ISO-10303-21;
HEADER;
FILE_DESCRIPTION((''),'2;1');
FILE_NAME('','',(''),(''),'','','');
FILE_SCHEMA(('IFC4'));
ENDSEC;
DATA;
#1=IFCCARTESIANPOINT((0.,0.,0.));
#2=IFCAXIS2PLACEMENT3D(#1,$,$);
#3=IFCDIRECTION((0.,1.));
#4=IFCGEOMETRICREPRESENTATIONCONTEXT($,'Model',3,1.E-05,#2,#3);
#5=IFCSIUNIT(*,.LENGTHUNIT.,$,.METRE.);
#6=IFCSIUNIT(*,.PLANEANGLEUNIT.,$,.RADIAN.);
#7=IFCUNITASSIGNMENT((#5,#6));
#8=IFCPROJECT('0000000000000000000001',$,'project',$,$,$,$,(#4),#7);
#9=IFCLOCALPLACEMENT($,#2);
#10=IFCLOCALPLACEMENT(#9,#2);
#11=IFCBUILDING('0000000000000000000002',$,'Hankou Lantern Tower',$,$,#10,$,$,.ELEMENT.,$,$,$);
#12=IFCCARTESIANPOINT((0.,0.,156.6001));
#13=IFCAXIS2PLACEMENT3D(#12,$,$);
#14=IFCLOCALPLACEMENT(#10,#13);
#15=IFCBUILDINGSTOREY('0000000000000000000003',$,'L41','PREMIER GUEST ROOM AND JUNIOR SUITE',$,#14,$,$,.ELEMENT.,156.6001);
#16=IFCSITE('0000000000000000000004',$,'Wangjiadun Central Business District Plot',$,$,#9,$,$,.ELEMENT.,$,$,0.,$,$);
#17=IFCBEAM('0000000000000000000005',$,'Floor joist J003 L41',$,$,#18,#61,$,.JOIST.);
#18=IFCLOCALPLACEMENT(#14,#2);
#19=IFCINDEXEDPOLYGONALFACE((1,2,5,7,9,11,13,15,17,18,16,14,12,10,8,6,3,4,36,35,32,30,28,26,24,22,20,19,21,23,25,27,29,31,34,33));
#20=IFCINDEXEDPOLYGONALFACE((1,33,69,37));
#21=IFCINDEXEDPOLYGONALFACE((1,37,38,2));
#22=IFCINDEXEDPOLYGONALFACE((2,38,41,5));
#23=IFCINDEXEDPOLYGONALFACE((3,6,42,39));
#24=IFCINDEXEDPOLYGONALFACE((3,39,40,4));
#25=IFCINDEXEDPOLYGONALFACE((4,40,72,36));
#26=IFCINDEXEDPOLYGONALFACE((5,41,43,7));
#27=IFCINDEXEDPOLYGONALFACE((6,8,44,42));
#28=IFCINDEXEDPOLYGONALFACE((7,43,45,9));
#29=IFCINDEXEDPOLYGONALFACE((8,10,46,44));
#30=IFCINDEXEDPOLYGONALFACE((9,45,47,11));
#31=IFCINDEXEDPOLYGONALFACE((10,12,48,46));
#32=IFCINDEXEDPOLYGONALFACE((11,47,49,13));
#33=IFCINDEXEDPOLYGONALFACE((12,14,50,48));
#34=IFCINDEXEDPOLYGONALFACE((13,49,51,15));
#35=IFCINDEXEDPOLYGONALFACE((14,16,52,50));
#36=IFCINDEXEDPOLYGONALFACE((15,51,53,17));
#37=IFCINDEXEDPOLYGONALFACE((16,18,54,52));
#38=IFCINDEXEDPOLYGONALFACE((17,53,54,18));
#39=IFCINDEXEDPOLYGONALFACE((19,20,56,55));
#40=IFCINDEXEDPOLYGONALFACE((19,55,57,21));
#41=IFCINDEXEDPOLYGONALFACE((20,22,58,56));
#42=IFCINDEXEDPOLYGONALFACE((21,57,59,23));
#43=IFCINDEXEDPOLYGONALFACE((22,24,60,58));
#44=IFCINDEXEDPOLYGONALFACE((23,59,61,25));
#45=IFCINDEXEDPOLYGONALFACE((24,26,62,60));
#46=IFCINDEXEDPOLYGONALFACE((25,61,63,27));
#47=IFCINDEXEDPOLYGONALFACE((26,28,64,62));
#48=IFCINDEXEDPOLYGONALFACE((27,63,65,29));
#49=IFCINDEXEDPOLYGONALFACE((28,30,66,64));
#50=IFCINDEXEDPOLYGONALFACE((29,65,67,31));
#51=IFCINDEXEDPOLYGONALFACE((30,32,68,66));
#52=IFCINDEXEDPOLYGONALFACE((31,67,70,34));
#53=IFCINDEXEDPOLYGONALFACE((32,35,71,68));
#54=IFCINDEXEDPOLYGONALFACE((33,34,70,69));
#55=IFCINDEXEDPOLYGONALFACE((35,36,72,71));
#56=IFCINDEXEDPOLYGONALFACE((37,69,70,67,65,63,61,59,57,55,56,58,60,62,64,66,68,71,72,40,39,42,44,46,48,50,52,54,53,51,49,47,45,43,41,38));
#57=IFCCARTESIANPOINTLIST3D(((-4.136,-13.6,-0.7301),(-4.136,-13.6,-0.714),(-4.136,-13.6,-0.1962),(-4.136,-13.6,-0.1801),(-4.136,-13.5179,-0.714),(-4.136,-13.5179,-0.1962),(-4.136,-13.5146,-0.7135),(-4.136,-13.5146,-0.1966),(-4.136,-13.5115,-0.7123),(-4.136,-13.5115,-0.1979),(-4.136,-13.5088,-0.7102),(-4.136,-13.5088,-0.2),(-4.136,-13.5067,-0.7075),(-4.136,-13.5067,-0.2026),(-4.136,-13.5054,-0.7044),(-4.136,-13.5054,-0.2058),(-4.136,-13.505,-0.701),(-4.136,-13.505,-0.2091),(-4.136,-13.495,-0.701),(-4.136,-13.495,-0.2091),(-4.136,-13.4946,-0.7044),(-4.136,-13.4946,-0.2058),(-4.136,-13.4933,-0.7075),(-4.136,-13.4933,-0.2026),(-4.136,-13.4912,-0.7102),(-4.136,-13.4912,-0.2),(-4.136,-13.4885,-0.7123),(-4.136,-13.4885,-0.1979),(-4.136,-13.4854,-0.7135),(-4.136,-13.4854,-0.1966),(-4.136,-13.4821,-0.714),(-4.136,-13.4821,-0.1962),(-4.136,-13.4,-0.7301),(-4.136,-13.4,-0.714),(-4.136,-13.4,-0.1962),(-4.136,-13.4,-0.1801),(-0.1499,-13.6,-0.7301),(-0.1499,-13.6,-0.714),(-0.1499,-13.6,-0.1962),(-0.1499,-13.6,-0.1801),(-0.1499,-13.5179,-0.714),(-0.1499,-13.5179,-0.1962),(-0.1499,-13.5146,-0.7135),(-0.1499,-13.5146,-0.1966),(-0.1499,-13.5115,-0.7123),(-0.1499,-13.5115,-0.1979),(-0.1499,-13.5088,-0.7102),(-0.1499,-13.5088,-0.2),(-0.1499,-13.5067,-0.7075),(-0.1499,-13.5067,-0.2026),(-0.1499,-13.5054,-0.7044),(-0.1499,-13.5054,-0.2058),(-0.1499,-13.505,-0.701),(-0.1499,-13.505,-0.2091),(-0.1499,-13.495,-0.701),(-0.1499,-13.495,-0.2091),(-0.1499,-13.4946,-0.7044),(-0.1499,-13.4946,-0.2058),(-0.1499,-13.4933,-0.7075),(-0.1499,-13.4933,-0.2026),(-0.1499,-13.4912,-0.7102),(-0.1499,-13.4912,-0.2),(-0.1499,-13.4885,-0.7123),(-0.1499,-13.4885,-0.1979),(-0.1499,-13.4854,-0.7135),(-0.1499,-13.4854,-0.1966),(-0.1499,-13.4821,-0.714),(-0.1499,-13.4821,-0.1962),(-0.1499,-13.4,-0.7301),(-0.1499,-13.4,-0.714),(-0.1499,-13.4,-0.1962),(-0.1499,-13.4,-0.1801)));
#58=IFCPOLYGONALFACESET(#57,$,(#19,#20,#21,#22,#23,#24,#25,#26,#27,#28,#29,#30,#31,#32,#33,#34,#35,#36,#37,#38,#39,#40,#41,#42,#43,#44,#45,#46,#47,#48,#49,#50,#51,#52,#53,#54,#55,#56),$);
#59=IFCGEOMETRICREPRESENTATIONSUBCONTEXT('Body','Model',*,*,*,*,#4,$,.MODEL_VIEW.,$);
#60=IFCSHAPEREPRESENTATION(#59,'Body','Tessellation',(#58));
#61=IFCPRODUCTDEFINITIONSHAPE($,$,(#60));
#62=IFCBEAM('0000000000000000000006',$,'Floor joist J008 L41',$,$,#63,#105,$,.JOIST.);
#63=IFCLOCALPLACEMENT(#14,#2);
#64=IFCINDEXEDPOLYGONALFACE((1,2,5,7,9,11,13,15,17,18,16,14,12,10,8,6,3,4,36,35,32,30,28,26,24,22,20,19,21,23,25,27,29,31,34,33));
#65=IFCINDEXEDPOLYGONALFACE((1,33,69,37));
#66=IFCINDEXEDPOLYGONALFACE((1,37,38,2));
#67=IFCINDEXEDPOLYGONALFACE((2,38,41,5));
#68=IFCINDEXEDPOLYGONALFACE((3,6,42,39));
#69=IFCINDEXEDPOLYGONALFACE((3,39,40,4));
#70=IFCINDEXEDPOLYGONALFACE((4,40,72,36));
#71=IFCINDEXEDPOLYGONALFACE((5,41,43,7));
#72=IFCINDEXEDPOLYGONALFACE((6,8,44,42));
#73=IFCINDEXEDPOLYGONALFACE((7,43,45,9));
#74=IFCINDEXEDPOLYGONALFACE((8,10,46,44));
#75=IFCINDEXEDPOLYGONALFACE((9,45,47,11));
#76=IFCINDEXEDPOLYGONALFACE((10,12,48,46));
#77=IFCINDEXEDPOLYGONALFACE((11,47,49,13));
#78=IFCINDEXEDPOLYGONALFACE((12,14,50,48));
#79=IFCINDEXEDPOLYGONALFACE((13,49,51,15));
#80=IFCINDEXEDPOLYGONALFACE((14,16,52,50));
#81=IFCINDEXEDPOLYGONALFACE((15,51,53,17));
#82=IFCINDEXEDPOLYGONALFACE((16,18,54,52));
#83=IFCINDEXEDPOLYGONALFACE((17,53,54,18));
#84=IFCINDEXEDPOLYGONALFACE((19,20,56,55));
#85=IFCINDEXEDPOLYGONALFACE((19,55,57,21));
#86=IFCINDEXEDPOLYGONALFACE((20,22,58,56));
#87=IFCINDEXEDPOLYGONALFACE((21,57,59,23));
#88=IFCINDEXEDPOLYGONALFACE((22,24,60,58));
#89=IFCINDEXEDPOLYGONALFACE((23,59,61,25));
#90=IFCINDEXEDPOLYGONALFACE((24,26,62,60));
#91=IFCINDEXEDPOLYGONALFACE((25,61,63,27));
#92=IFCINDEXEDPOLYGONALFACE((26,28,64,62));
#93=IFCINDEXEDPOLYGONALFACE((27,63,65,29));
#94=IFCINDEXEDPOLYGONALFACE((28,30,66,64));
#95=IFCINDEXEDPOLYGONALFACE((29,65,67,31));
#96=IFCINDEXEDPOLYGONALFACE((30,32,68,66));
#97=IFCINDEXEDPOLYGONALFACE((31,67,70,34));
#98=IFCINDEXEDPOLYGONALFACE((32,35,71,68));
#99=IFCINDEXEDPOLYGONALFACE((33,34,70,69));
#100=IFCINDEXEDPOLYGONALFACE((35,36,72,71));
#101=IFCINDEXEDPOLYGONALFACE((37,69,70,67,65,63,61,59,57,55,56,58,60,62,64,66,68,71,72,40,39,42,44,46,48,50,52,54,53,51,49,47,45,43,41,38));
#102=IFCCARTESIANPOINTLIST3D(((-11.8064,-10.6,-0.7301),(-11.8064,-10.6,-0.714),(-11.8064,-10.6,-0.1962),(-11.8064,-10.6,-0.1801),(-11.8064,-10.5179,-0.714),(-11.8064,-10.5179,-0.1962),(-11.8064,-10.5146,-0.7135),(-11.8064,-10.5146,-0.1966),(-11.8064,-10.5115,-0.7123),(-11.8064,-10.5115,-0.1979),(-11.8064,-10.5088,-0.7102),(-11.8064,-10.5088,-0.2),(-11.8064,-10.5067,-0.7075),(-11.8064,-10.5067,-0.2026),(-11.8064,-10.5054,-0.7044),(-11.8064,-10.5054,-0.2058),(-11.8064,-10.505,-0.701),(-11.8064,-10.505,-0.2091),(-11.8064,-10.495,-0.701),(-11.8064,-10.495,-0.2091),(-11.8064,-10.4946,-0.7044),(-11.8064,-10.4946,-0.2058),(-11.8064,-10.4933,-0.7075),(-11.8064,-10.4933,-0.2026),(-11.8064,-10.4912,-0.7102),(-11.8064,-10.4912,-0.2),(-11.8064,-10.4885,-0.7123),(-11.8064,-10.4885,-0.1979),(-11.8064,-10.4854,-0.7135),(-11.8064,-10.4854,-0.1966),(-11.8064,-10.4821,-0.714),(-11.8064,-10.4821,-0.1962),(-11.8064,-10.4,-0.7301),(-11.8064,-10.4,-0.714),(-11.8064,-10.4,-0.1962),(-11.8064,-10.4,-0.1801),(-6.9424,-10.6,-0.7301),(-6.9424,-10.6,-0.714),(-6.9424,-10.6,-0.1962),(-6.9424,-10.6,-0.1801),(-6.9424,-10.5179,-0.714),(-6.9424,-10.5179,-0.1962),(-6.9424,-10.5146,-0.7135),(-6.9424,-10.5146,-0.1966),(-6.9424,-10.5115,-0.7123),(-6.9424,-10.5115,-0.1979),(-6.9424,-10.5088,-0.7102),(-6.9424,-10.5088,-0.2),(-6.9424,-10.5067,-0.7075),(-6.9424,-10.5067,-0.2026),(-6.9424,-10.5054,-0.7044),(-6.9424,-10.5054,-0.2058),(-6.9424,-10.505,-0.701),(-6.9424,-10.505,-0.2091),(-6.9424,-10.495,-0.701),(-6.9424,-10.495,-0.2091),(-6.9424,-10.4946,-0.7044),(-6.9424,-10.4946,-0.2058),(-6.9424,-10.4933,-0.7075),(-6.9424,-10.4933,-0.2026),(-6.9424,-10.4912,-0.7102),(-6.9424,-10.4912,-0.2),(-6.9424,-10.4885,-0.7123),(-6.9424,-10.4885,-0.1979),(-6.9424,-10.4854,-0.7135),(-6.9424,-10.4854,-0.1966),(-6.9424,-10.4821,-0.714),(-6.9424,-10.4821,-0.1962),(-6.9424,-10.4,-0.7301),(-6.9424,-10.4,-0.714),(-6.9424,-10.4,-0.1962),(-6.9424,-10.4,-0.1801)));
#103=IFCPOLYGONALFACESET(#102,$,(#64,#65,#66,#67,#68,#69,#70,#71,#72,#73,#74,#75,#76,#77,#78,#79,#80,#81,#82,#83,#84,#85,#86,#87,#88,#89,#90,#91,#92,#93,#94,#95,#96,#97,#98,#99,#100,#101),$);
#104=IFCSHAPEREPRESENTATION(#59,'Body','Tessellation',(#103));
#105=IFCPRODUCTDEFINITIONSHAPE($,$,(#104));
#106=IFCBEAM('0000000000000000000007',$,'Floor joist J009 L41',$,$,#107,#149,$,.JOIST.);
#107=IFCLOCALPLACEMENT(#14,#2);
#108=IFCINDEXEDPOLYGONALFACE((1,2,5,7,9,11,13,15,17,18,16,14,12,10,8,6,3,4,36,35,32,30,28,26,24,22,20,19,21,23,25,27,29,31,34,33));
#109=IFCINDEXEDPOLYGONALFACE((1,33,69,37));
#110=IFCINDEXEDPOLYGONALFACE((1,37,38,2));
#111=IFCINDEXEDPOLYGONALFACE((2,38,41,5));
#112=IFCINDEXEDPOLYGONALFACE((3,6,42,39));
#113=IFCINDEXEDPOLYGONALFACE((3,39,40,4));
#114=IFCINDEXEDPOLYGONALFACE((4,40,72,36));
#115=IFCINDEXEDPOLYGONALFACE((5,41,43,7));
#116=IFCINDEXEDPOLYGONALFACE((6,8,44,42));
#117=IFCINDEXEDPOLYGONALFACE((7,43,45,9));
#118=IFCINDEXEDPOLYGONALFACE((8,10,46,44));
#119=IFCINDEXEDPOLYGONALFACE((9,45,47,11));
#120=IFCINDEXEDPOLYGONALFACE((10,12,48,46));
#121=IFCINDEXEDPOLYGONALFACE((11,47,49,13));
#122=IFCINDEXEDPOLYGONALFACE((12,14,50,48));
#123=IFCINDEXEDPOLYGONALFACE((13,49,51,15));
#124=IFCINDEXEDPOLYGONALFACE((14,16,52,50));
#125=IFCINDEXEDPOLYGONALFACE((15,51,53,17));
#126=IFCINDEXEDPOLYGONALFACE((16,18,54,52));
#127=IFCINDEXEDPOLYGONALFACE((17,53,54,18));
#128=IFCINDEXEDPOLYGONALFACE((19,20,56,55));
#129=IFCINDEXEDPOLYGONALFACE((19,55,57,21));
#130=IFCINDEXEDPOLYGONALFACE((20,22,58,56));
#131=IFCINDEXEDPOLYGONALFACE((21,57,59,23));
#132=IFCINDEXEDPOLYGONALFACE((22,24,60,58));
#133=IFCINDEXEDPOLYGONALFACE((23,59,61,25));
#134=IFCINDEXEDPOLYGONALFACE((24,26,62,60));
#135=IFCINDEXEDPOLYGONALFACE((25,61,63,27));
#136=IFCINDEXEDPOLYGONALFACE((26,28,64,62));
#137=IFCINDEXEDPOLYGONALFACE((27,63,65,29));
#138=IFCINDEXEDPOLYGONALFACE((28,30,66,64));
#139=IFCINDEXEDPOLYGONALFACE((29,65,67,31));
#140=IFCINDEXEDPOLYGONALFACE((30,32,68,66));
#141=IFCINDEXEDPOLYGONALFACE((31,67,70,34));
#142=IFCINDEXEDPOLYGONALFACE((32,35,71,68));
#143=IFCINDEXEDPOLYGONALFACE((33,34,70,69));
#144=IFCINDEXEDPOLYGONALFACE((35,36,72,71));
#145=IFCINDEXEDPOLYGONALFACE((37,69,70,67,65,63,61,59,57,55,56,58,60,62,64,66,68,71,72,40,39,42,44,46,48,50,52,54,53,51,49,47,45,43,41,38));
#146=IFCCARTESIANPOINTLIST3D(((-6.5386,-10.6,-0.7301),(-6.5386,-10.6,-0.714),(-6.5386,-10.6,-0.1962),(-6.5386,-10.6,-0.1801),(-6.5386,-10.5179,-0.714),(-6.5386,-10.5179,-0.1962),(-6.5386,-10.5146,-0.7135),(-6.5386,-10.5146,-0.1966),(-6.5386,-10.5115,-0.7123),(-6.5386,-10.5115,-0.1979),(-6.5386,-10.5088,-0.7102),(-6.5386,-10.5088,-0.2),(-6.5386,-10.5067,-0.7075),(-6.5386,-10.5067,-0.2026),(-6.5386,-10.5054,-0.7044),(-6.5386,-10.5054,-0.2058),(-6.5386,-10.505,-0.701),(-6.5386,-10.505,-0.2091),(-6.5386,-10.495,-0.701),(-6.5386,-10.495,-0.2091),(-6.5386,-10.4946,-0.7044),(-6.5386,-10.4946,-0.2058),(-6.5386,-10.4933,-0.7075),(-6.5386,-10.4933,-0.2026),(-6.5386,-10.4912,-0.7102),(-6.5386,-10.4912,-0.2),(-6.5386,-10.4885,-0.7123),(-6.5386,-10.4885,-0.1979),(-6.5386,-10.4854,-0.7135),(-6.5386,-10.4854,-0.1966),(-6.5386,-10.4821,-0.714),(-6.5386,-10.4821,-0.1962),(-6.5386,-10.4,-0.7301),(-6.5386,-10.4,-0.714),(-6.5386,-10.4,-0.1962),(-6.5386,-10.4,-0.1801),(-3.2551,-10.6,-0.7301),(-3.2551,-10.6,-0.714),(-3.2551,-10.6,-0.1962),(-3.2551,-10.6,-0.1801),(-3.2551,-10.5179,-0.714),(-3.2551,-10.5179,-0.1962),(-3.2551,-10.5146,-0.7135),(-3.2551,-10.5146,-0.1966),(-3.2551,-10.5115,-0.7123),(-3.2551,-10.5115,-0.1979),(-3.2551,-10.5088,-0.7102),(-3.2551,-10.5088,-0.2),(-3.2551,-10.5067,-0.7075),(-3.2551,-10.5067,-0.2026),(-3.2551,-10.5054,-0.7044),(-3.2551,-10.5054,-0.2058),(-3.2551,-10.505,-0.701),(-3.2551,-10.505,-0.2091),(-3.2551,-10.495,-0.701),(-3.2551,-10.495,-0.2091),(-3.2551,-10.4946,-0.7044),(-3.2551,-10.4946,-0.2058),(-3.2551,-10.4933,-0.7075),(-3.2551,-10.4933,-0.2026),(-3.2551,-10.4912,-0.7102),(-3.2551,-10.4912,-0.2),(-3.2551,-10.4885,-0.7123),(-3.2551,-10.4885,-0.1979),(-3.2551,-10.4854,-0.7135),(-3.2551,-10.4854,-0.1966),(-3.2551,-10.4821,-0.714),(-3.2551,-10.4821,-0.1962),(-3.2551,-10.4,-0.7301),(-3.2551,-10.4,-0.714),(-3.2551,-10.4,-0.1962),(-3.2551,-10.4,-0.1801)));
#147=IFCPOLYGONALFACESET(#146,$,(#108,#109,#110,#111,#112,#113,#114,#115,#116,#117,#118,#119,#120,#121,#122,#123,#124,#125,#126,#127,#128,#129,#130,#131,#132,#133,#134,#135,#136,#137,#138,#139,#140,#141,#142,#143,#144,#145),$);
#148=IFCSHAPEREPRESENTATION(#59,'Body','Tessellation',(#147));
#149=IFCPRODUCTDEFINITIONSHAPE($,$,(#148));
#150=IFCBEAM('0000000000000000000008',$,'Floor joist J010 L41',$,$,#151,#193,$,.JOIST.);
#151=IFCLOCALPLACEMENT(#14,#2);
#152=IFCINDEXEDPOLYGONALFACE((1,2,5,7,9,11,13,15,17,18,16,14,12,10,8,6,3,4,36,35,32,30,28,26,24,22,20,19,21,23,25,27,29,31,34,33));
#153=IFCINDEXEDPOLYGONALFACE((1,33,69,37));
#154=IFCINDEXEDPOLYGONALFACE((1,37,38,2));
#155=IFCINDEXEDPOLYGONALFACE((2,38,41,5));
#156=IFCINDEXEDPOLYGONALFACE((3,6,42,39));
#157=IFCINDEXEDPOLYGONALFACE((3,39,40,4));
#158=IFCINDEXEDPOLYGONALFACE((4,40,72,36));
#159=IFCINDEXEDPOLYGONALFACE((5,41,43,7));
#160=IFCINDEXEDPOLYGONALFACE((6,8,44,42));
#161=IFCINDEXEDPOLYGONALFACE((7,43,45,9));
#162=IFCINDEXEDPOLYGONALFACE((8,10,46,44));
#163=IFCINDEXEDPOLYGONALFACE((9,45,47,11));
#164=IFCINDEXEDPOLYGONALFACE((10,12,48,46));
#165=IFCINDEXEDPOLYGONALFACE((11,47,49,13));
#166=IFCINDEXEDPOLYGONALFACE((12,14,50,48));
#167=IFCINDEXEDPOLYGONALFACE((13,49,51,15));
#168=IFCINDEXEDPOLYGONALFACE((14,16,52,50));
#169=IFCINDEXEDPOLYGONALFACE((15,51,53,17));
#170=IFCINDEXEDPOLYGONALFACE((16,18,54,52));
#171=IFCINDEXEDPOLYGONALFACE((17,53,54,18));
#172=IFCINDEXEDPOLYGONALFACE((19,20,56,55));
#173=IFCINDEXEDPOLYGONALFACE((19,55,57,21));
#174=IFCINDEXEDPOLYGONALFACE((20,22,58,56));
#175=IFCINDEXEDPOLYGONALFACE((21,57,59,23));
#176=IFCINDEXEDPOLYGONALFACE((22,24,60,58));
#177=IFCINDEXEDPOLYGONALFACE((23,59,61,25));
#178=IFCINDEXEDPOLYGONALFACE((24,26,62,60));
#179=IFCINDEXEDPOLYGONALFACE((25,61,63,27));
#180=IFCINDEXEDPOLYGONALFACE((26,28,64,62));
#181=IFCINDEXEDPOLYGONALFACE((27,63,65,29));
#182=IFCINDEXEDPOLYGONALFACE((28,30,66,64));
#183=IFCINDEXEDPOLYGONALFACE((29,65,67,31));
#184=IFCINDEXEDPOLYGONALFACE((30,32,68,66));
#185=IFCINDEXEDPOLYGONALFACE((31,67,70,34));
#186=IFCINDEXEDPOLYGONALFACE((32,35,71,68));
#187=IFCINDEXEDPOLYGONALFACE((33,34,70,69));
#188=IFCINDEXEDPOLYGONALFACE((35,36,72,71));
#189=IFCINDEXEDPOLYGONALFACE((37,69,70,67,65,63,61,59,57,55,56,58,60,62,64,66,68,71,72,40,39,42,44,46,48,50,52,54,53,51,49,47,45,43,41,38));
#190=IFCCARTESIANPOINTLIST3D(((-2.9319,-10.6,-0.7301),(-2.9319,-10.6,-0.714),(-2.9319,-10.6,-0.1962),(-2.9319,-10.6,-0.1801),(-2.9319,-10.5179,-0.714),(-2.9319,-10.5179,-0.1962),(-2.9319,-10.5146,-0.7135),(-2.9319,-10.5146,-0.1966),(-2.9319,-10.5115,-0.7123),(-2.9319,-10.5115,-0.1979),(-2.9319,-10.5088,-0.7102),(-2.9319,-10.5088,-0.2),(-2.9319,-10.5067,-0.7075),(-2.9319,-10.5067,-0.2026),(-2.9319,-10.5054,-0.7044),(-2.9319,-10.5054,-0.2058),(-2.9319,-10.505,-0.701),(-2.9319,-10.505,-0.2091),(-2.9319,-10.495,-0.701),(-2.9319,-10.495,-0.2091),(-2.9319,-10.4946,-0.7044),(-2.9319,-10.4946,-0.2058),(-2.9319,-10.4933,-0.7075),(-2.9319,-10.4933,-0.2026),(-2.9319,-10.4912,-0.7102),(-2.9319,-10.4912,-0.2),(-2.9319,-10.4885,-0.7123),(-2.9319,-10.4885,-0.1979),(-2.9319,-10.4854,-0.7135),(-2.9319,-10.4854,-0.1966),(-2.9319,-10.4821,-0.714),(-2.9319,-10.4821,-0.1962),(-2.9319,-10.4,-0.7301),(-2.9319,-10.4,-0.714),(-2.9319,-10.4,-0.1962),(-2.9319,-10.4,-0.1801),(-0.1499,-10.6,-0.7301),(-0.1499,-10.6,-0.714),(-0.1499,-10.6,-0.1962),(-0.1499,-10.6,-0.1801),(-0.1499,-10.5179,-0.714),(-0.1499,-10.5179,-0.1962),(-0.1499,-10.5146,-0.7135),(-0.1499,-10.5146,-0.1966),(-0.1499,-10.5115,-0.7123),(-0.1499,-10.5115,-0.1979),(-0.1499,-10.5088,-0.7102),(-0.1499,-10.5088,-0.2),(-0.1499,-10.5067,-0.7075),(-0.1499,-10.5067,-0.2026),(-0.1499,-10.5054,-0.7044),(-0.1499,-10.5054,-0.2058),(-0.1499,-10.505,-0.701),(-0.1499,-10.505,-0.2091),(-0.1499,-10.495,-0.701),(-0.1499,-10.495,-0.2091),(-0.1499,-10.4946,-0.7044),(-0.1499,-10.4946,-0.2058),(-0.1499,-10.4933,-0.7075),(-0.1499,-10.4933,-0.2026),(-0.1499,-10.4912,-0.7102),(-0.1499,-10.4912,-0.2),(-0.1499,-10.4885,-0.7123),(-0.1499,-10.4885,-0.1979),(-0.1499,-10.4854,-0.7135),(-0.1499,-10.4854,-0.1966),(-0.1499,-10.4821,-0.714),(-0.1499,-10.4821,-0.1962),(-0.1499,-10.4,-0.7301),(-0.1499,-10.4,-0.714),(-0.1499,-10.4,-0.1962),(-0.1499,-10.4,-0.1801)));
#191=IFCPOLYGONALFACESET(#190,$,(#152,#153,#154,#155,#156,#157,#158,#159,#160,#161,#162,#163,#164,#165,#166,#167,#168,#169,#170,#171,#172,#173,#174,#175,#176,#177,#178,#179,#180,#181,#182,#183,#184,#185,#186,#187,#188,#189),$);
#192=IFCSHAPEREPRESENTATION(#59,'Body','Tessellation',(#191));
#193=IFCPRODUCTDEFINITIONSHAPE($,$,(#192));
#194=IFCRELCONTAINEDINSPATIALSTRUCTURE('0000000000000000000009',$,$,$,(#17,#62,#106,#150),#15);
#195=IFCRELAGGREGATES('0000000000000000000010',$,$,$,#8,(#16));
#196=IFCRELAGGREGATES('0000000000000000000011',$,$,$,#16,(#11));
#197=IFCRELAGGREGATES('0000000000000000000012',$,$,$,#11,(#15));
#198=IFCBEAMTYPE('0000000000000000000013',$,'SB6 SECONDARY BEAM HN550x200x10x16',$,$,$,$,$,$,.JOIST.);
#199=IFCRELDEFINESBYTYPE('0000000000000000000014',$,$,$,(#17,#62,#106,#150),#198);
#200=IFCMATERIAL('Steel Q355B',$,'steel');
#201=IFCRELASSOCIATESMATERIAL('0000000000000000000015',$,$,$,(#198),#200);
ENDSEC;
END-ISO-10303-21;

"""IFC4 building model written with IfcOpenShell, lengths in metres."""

from ifc_helpers import new_model, si_unit, direction, frame, origin, origin_2d, place, context, subcontext, project, spatial, i_section, extrude, material, material_profile, profile_set, type_object, element, save


model = new_model("IFC4")

# Units and contexts
model_context = context("Model", 3, precision=1e-05, world=origin(), true_north=direction((0.0, 1.0)))
body_context = subcontext(model_context, "Body", "Model", "MODEL_VIEW")
ifc_project = project(units=[si_unit("LENGTHUNIT", "METRE"), si_unit("PLANEANGLEUNIT", "RADIAN")], contexts=[model_context])

# Site, building, storey
site_placement = place(None, origin())
site = spatial("IfcSite", under=ifc_project, at=site_placement, Name="Wangjiadun Central Business District Plot", CompositionType="ELEMENT", RefElevation=0.0)
building_placement = place(site_placement, origin())
building = spatial("IfcBuilding", under=site, at=building_placement, Name="Hankou Lantern Tower", CompositionType="ELEMENT")
storey_placement = place(building_placement, frame((0.0, 0.0, 156.6001)))
storey = spatial("IfcBuildingStorey", under=building, at=storey_placement, Name="L41", Description="PREMIER GUEST ROOM AND JUNIOR SUITE", CompositionType="ELEMENT", Elevation=156.6001)

# Beams
ifc_material_1 = material(Name="Steel Q355B", Category="steel")
ifc_material_profile_1 = material_profile(ifc_material_1, i_section(OverallWidth=0.2, OverallDepth=0.55, WebThickness=0.01, FlangeThickness=0.0161, FilletRadius=0.0129, at=origin_2d()), Name="HN550x200x10x16")
ifc_profile_set_1 = profile_set([ifc_material_profile_1], Name="Steel Q355B")
beam_type_1 = type_object("IfcBeamType", Name="SB6 SECONDARY BEAM HN550x200x10x16", PredefinedType="JOIST", material=ifc_profile_set_1)
beam_1_placement = place(storey_placement, frame((-4.136, -13.5, -0.4551), z_axis=(1.0, 0.0, 0.0), x_axis=(0.0, 1.0, 0.0)))
element("IfcBeam", 1, at=beam_1_placement, inside=storey, type_object=beam_type_1, Name="Floor joist J003 L41", PredefinedType="JOIST", context=body_context, shape_type="SweptSolid", body=[
    extrude(i_section(OverallWidth=0.2, OverallDepth=0.55, WebThickness=0.01, FlangeThickness=0.0161, FilletRadius=0.0129, at=origin_2d()), origin(), (0.0, 0.0, 1.0), 3.9861),
])
beam_2_placement = place(storey_placement, frame((-11.8064, -10.5, -0.4551), z_axis=(1.0, 0.0, 0.0), x_axis=(0.0, 1.0, 0.0)))
element("IfcBeam", 2, at=beam_2_placement, inside=storey, type_object=beam_type_1, Name="Floor joist J008 L41", PredefinedType="JOIST", context=body_context, shape_type="SweptSolid", body=[
    extrude(i_section(OverallWidth=0.2, OverallDepth=0.55, WebThickness=0.01, FlangeThickness=0.0161, FilletRadius=0.0129, at=origin_2d()), origin(), (0.0, 0.0, 1.0), 4.864),
])
beam_3_placement = place(storey_placement, frame((-6.5386, -10.5, -0.4551), z_axis=(1.0, 0.0, 0.0), x_axis=(0.0, 1.0, 0.0)))
element("IfcBeam", 3, at=beam_3_placement, inside=storey, type_object=beam_type_1, Name="Floor joist J009 L41", PredefinedType="JOIST", context=body_context, shape_type="SweptSolid", body=[
    extrude(i_section(OverallWidth=0.2, OverallDepth=0.55, WebThickness=0.01, FlangeThickness=0.0161, FilletRadius=0.0129, at=origin_2d()), origin(), (0.0, 0.0, 1.0), 3.2834),
])
beam_4_placement = place(storey_placement, frame((-2.9319, -10.5, -0.4551), z_axis=(1.0, 0.0, 0.0), x_axis=(0.0, 1.0, 0.0)))
element("IfcBeam", 4, at=beam_4_placement, inside=storey, type_object=beam_type_1, Name="Floor joist J010 L41", PredefinedType="JOIST", context=body_context, shape_type="SweptSolid", body=[
    extrude(i_section(OverallWidth=0.2, OverallDepth=0.55, WebThickness=0.01, FlangeThickness=0.0161, FilletRadius=0.0129, at=origin_2d()), origin(), (0.0, 0.0, 1.0), 2.782),
])

save(model, "model.ifc")
